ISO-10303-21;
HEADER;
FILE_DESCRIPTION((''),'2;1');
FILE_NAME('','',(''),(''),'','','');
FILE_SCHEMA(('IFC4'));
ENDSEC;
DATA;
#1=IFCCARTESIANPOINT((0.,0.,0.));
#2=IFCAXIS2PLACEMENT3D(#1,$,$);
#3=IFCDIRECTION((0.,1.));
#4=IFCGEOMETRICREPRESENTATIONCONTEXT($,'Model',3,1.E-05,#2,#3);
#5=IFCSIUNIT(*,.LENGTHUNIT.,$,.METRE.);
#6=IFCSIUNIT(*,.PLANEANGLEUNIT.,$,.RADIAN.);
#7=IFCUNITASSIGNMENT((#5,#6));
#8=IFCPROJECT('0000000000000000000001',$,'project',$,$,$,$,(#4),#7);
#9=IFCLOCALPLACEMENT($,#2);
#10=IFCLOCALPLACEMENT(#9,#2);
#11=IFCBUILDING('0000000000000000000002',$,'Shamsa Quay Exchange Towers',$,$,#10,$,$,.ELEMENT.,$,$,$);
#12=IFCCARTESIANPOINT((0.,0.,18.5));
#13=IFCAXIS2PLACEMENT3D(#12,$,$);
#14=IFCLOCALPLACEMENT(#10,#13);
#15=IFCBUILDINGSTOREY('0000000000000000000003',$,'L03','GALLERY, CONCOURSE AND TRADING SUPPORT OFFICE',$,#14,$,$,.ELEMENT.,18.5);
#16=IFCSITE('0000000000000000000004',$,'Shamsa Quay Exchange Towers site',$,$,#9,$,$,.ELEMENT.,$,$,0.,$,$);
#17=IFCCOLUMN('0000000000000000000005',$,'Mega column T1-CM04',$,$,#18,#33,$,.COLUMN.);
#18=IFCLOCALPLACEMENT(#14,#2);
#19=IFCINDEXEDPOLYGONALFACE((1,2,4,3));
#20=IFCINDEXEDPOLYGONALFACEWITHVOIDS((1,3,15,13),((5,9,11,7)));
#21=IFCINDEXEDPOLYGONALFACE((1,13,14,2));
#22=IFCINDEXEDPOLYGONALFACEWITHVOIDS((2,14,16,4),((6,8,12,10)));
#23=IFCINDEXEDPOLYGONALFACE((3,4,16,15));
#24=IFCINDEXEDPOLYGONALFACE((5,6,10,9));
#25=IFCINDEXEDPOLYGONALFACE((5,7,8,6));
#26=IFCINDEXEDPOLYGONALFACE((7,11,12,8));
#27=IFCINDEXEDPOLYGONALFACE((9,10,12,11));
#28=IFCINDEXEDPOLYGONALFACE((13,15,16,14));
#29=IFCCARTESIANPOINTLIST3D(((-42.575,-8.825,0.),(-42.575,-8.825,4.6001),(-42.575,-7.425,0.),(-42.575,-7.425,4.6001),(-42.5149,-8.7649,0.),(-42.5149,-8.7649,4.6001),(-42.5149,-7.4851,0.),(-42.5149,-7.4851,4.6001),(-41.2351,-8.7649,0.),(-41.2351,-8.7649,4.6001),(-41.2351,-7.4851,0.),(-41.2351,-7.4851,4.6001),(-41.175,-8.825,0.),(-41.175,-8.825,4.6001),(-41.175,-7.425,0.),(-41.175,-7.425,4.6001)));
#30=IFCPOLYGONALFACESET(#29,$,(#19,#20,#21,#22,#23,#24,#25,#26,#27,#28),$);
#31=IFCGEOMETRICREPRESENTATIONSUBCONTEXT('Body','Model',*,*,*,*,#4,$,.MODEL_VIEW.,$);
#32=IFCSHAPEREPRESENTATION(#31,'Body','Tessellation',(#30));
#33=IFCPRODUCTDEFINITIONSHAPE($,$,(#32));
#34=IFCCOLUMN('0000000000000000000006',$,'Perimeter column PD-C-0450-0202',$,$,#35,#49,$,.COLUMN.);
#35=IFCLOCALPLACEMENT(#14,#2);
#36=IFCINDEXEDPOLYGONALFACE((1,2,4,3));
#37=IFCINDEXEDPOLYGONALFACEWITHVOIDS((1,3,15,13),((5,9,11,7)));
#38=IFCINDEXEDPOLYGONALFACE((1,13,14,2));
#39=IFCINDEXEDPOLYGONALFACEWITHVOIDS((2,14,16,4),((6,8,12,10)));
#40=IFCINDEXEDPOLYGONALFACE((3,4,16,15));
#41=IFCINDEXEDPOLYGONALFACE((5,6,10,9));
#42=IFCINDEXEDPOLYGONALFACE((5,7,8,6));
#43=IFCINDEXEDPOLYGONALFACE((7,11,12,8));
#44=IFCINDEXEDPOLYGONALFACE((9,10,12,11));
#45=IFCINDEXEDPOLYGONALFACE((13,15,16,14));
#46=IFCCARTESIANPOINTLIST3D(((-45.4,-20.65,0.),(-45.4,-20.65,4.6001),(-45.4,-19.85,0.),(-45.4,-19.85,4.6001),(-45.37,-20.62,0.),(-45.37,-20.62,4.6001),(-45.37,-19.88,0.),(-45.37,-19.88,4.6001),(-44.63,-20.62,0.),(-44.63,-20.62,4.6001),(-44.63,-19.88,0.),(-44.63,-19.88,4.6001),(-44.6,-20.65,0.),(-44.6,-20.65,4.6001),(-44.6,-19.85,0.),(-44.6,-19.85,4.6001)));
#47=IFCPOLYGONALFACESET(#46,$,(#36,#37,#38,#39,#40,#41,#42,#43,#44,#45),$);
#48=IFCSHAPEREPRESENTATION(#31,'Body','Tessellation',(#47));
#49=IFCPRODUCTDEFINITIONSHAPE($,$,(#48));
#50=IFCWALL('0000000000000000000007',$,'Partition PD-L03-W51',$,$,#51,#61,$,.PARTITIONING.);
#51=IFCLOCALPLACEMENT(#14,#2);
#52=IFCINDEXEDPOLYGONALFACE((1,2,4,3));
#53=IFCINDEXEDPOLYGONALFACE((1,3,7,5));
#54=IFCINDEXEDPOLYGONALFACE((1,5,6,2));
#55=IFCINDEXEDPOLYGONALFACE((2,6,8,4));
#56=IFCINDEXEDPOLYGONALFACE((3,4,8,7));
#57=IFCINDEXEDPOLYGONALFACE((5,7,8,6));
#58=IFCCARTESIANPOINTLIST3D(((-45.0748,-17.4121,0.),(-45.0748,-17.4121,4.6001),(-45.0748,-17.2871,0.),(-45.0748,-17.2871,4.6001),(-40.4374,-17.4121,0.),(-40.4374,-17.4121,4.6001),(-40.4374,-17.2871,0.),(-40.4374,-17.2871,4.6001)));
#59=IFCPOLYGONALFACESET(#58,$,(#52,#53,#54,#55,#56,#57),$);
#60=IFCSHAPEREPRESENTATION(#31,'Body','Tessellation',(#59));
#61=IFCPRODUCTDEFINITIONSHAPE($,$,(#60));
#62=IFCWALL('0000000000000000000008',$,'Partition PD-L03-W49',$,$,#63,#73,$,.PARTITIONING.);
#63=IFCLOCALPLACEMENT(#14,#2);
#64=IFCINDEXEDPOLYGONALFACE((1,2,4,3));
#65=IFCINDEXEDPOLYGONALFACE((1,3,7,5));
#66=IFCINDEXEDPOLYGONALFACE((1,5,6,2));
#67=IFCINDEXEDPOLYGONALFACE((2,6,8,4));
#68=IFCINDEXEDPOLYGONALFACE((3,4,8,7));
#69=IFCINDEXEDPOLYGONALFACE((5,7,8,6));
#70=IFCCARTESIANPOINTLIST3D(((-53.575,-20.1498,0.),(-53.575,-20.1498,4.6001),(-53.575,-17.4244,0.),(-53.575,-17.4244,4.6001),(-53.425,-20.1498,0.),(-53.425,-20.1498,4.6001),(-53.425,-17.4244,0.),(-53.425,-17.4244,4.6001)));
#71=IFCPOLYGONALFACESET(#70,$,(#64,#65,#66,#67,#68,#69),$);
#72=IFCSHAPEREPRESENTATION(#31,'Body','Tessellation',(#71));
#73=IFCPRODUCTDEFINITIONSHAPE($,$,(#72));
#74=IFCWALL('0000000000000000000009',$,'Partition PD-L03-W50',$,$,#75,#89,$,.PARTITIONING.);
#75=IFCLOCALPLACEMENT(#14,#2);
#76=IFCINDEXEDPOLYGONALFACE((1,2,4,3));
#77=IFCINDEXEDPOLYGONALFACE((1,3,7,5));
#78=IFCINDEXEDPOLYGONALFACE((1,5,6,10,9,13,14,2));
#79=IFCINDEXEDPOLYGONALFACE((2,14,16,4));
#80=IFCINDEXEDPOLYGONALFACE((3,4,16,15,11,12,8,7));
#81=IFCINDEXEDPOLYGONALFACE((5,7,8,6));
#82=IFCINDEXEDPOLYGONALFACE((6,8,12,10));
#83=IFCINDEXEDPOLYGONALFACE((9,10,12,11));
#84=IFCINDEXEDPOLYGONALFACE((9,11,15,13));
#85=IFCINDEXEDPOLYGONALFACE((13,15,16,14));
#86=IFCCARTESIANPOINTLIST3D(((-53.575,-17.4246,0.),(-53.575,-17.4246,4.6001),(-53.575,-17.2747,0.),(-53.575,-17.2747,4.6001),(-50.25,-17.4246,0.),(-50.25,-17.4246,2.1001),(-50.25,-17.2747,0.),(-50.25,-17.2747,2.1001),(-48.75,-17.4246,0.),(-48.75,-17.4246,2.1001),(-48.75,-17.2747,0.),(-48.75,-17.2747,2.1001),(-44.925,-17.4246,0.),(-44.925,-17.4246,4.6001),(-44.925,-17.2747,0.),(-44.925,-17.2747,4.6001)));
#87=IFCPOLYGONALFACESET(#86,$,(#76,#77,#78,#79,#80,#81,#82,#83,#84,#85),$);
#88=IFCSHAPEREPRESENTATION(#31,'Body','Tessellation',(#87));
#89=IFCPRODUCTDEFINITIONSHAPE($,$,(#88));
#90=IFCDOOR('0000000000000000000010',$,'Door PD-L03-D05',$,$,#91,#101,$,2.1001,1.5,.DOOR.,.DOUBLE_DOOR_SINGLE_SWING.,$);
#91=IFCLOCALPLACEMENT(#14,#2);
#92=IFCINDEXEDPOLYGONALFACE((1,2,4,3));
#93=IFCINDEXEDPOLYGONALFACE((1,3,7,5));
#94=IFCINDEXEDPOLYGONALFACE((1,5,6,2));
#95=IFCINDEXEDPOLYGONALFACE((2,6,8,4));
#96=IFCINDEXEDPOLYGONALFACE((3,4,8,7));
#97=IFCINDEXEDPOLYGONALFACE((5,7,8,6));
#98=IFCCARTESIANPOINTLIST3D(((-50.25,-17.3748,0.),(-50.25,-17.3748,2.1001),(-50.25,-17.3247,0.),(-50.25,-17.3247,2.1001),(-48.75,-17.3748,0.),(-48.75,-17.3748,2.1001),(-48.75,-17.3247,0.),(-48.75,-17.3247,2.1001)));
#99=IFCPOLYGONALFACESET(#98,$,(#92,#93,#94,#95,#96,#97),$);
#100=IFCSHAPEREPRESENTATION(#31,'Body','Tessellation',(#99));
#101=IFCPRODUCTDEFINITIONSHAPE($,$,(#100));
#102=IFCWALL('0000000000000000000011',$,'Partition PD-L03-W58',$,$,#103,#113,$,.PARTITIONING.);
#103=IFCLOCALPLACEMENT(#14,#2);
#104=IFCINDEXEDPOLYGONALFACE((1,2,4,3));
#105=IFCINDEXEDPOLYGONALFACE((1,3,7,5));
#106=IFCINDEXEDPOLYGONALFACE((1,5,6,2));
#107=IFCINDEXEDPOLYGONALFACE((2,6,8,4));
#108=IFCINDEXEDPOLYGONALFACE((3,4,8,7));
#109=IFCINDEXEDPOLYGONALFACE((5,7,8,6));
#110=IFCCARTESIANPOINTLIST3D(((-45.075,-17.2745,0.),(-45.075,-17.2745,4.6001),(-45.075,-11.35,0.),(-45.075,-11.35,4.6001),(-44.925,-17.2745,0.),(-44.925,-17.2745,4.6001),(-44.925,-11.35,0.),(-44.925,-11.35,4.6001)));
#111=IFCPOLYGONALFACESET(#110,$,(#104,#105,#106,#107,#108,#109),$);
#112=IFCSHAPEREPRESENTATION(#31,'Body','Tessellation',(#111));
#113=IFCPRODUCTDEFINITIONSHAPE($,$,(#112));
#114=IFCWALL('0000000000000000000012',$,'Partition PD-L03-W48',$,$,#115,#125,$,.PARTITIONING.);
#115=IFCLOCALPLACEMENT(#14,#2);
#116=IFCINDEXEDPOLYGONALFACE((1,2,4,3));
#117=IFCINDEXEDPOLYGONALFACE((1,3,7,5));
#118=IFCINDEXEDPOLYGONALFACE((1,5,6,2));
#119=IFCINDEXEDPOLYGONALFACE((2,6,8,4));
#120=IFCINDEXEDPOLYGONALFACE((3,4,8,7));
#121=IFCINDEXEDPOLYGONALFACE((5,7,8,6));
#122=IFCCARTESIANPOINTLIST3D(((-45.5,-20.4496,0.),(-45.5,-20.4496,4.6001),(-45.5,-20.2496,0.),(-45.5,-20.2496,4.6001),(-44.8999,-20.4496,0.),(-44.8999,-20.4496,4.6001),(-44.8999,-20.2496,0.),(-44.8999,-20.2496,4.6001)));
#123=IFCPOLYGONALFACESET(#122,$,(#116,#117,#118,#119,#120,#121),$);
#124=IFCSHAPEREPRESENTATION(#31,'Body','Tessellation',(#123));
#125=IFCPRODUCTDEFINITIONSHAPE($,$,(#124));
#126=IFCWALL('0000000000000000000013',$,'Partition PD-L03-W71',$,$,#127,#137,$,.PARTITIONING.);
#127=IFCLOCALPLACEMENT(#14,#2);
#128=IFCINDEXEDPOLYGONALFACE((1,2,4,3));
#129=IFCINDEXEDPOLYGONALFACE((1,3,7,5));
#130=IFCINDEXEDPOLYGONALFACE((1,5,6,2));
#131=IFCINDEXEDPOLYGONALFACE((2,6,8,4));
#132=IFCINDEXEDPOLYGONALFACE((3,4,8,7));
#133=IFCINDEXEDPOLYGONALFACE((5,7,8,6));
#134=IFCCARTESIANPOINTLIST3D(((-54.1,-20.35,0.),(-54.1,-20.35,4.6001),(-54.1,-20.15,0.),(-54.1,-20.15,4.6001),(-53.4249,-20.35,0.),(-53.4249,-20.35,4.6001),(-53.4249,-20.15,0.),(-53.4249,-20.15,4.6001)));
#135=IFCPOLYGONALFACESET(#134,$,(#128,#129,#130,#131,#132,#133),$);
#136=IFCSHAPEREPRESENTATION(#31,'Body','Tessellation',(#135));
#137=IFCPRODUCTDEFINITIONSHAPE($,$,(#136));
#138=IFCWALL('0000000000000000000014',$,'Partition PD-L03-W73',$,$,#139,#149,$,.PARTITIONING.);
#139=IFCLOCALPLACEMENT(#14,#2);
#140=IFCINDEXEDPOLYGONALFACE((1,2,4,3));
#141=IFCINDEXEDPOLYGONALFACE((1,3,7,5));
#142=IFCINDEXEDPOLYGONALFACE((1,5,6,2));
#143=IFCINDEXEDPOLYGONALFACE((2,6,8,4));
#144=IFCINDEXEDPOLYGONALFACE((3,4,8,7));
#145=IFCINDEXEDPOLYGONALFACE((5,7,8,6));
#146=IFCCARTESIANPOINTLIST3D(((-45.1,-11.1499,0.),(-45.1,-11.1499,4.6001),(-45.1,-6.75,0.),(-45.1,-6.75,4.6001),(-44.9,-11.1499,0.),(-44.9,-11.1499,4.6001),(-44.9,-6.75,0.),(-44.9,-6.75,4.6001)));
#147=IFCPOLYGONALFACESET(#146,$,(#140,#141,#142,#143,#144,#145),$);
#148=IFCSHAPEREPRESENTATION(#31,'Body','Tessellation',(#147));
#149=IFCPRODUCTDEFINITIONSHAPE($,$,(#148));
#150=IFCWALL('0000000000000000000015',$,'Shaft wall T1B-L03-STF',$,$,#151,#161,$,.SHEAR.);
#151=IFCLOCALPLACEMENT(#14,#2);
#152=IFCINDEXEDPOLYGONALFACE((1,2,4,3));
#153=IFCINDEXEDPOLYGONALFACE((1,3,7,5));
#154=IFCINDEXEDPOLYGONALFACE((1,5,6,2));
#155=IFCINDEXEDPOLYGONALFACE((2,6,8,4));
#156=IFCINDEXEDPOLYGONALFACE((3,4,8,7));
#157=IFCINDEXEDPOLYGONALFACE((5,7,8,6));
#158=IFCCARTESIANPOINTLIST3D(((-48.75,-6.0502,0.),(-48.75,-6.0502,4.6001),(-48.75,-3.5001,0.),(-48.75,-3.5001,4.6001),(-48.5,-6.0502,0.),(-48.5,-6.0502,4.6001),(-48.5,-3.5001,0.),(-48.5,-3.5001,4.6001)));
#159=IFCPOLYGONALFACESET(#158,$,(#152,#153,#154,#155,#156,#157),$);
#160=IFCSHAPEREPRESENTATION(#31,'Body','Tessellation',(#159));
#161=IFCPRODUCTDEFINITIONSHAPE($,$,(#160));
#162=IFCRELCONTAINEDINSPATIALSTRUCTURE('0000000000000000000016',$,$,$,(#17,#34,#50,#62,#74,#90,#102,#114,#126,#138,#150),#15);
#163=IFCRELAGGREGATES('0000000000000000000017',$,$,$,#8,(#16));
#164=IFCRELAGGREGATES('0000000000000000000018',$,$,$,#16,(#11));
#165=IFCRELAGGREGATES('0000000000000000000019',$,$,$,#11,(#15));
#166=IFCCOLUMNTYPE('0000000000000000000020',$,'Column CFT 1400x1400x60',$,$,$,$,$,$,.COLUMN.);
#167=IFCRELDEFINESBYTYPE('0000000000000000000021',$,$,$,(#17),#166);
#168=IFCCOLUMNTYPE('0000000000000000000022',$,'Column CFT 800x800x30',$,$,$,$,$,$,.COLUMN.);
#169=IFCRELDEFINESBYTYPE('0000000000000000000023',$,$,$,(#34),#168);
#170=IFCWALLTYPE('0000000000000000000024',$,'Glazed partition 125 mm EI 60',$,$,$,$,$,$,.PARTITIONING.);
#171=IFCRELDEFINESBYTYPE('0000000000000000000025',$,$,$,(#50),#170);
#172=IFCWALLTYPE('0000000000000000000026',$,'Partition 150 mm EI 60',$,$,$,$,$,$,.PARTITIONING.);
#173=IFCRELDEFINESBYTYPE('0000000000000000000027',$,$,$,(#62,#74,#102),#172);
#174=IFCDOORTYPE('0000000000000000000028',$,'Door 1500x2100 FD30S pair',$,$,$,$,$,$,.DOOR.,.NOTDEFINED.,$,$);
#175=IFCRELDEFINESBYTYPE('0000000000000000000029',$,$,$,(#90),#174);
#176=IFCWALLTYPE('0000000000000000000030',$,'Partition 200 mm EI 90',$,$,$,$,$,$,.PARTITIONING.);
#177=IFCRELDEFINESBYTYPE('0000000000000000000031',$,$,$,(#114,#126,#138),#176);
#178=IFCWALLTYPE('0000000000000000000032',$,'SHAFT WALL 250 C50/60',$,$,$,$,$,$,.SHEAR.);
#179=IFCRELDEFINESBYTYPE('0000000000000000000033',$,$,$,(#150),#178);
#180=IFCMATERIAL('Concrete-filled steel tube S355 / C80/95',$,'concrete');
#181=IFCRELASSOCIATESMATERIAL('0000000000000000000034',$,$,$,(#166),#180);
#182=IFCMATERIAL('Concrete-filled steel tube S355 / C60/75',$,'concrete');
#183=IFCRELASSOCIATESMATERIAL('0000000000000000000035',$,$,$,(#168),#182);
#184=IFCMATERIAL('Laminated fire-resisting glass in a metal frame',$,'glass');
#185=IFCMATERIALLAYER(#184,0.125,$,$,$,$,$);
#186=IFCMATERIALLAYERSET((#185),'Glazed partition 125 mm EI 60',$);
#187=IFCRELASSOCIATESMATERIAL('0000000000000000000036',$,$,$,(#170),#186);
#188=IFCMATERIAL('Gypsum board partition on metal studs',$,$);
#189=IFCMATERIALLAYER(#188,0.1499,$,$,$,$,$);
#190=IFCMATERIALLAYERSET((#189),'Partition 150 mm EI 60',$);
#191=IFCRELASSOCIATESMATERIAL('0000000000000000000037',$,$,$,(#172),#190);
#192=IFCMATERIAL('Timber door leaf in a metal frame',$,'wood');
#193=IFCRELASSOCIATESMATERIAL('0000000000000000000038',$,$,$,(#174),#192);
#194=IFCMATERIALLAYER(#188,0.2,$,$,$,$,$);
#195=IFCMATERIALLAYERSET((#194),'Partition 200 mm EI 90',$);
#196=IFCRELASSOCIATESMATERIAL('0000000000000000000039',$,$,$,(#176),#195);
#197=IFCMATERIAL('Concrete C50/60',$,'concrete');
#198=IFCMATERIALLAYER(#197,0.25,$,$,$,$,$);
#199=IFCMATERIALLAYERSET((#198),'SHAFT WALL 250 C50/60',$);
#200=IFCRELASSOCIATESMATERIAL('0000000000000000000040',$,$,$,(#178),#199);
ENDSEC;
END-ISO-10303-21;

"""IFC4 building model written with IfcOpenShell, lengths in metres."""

from ifc_helpers import new_model, si_unit, direction, frame, frame_2d, origin, origin_2d, place, context, subcontext, project, spatial, rectangle, hollow_rectangle, extrude, material, layer, layer_set, material_profile, profile_set, type_object, element, fill, save


model = new_model("IFC4")

# Units and contexts
model_context = context("Model", 3, precision=1e-05, world=origin(), true_north=direction((0.0, 1.0)))
body_context = subcontext(model_context, "Body", "Model", "MODEL_VIEW")
ifc_project = project(units=[si_unit("LENGTHUNIT", "METRE"), si_unit("PLANEANGLEUNIT", "RADIAN")], contexts=[model_context])

# Site, building, storey
site_placement = place(None, origin())
site = spatial("IfcSite", under=ifc_project, at=site_placement, Name="Shamsa Quay Exchange Towers site", CompositionType="ELEMENT", RefElevation=0.0)
building_placement = place(site_placement, origin())
building = spatial("IfcBuilding", under=site, at=building_placement, Name="Shamsa Quay Exchange Towers", CompositionType="ELEMENT")
storey_placement = place(building_placement, frame((0.0, 0.0, 18.5)))
storey = spatial("IfcBuildingStorey", under=building, at=storey_placement, Name="L03", Description="GALLERY, CONCOURSE AND TRADING SUPPORT OFFICE", CompositionType="ELEMENT", Elevation=18.5)

# Columns
ifc_material_1 = material(Name="Concrete-filled steel tube S355 / C80/95", Category="concrete")
ifc_material_profile_1 = material_profile(ifc_material_1, hollow_rectangle(XDim=1.3999, YDim=1.3999, WallThickness=0.0601, at=origin_2d()), Name="CFT 1400x1400x60")
ifc_profile_set_1 = profile_set([ifc_material_profile_1], Name="Concrete-filled steel tube S355 / C80/95")
column_type_1 = type_object("IfcColumnType", Name="Column CFT 1400x1400x60", PredefinedType="COLUMN", material=ifc_profile_set_1)
column_1_placement = place(storey_placement, frame((-41.875, -8.125, 0.0)))
element("IfcColumn", 1, at=column_1_placement, inside=storey, type_object=column_type_1, Name="Mega column T1-CM04", PredefinedType="COLUMN", context=body_context, shape_type="SweptSolid", body=[
    extrude(hollow_rectangle(XDim=1.3999, YDim=1.3999, WallThickness=0.0601, at=origin_2d()), origin(), (0.0, 0.0, 1.0), 4.6001),
])
ifc_material_2 = material(Name="Concrete-filled steel tube S355 / C60/75", Category="concrete")
ifc_material_profile_2 = material_profile(ifc_material_2, hollow_rectangle(XDim=0.8, YDim=0.8, WallThickness=0.03, at=origin_2d()), Name="CFT 800x800x30")
ifc_profile_set_2 = profile_set([ifc_material_profile_2], Name="Concrete-filled steel tube S355 / C60/75")
column_type_2 = type_object("IfcColumnType", Name="Column CFT 800x800x30", PredefinedType="COLUMN", material=ifc_profile_set_2)
column_2_placement = place(storey_placement, frame((-45.0, -20.25, 0.0)))
element("IfcColumn", 2, at=column_2_placement, inside=storey, type_object=column_type_2, Name="Perimeter column PD-C-0450-0202", PredefinedType="COLUMN", context=body_context, shape_type="SweptSolid", body=[
    extrude(hollow_rectangle(XDim=0.8, YDim=0.8, WallThickness=0.03, at=origin_2d()), origin(), (0.0, 0.0, 1.0), 4.6001),
])

# Walls
ifc_material_3 = material(Name="Laminated fire-resisting glass in a metal frame", Category="glass")
ifc_layer_1 = layer(ifc_material_3, 0.125)
ifc_layer_set_1 = layer_set([ifc_layer_1], Name="Glazed partition 125 mm EI 60")
wall_type_1 = type_object("IfcWallType", Name="Glazed partition 125 mm EI 60", PredefinedType="PARTITIONING", material=ifc_layer_set_1)
wall_1_placement = place(storey_placement, frame((-45.075, -17.3496, 0.0)))
element("IfcWall", 3, at=wall_1_placement, inside=storey, type_object=wall_type_1, Name="Partition PD-L03-W51", PredefinedType="PARTITIONING", context=body_context, shape_type="SweptSolid", body=[
    extrude(rectangle(XDim=4.6375, YDim=0.125, at=frame_2d((2.3188, 0.0))), origin(), (0.0, 0.0, 1.0), 4.6001),
])
ifc_material_4 = material(Name="Gypsum board partition on metal studs")
ifc_layer_2 = layer(ifc_material_4, 0.1499)
ifc_layer_set_2 = layer_set([ifc_layer_2], Name="Partition 150 mm EI 60")
wall_type_2 = type_object("IfcWallType", Name="Partition 150 mm EI 60", PredefinedType="PARTITIONING", material=ifc_layer_set_2)
wall_2_placement = place(storey_placement, frame((-53.5, -20.1499, 0.0), z_axis=(0.0, 0.0, 1.0), x_axis=(0.0, 1.0, 0.0)))
element("IfcWall", 4, at=wall_2_placement, inside=storey, type_object=wall_type_2, Name="Partition PD-L03-W49", PredefinedType="PARTITIONING", context=body_context, shape_type="SweptSolid", body=[
    extrude(rectangle(XDim=2.7253, YDim=0.1499, at=frame_2d((1.3628, 0.0))), origin(), (0.0, 0.0, 1.0), 4.6001),
])

# Wall, opening, door
wall_3_placement = place(storey_placement, frame((-53.575, -17.3496, 0.0)))
wall_3 = element("IfcWall", 5, at=wall_3_placement, inside=storey, type_object=wall_type_2, Name="Partition PD-L03-W50", PredefinedType="PARTITIONING", context=body_context, shape_type="SweptSolid", body=[
    extrude(rectangle(XDim=8.6499, YDim=0.1499, at=frame_2d((4.325, 0.0))), origin(), (0.0, 0.0, 1.0), 4.6001),
])
opening_1_placement = place(wall_3_placement, frame((3.325, 0.0, 0.0)))
opening_1 = element("IfcOpeningElement", 6, at=opening_1_placement, cuts=wall_3, PredefinedType="OPENING", context=body_context, shape_type="SweptSolid", body=[
    extrude(rectangle(XDim=1.5, YDim=2.1001, at=frame_2d((0.75, 1.05))), frame((0.0, 0.085, 0.0), z_axis=(0.0, -1.0, 0.0), x_axis=(1.0, 0.0, 0.0)), (0.0, 0.0, 1.0), 0.1699),
])
ifc_material_5 = material(Name="Timber door leaf in a metal frame", Category="wood")
door_type_1 = type_object("IfcDoorType", Name="Door 1500x2100 FD30S pair", OperationType="NOTDEFINED", PredefinedType="DOOR", material=ifc_material_5)
door_1_placement = place(opening_1_placement, origin())
door_1 = element("IfcDoor", 7, at=door_1_placement, inside=storey, type_object=door_type_1, Name="Door PD-L03-D05", OperationType="DOUBLE_DOOR_SINGLE_SWING", OverallHeight=2.1001, OverallWidth=1.5, PredefinedType="DOOR", context=body_context, shape_type="SweptSolid", body=[
    extrude(rectangle(XDim=1.5, YDim=2.1001, at=frame_2d((0.75, 1.05))), frame((0.0, 0.0249, 0.0), z_axis=(0.0, -1.0, 0.0), x_axis=(1.0, 0.0, 0.0)), (0.0, 0.0, 1.0), 0.05),
])
fill(opening_1, door_1)

# Walls
wall_4_placement = place(storey_placement, frame((-45.0, -17.2747, 0.0), z_axis=(0.0, 0.0, 1.0), x_axis=(0.0, 1.0, 0.0)))
element("IfcWall", 8, at=wall_4_placement, inside=storey, type_object=wall_type_2, Name="Partition PD-L03-W58", PredefinedType="PARTITIONING", context=body_context, shape_type="SweptSolid", body=[
    extrude(rectangle(XDim=5.9246, YDim=0.1499, at=frame_2d((2.9624, 0.0))), origin(), (0.0, 0.0, 1.0), 4.6001),
])
ifc_layer_3 = layer(ifc_material_4, 0.2)
ifc_layer_set_3 = layer_set([ifc_layer_3], Name="Partition 200 mm EI 90")
wall_type_3 = type_object("IfcWallType", Name="Partition 200 mm EI 90", PredefinedType="PARTITIONING", material=ifc_layer_set_3)
wall_5_placement = place(storey_placement, frame((-44.8999, -20.3496, 0.0), z_axis=(0.0, 0.0, 1.0), x_axis=(-1.0, 0.0, 0.0)))
element("IfcWall", 9, at=wall_5_placement, inside=storey, type_object=wall_type_3, Name="Partition PD-L03-W48", PredefinedType="PARTITIONING", context=body_context, shape_type="SweptSolid", body=[
    extrude(rectangle(XDim=0.6001, YDim=0.2, at=frame_2d((0.3, 0.0))), origin(), (0.0, 0.0, 1.0), 4.6001),
])
wall_6_placement = place(storey_placement, frame((-53.425, -20.25, 0.0), z_axis=(0.0, 0.0, 1.0), x_axis=(-1.0, 0.0, 0.0)))
element("IfcWall", 10, at=wall_6_placement, inside=storey, type_object=wall_type_3, Name="Partition PD-L03-W71", PredefinedType="PARTITIONING", context=body_context, shape_type="SweptSolid", body=[
    extrude(rectangle(XDim=0.675, YDim=0.2, at=frame_2d((0.3374, 0.0))), origin(), (0.0, 0.0, 1.0), 4.6001),
])
wall_7_placement = place(storey_placement, frame((-45.0, -11.1499, 0.0), z_axis=(0.0, 0.0, 1.0), x_axis=(0.0, 1.0, 0.0)))
element("IfcWall", 11, at=wall_7_placement, inside=storey, type_object=wall_type_3, Name="Partition PD-L03-W73", PredefinedType="PARTITIONING", context=body_context, shape_type="SweptSolid", body=[
    extrude(rectangle(XDim=4.3999, YDim=0.2, at=frame_2d((2.2, 0.0))), origin(), (0.0, 0.0, 1.0), 4.6001),
])
ifc_material_6 = material(Name="Concrete C50/60", Category="concrete")
ifc_layer_4 = layer(ifc_material_6, 0.25)
ifc_layer_set_4 = layer_set([ifc_layer_4], Name="SHAFT WALL 250 C50/60")
wall_type_4 = type_object("IfcWallType", Name="SHAFT WALL 250 C50/60", PredefinedType="SHEAR", material=ifc_layer_set_4)
wall_8_placement = place(storey_placement, frame((-48.625, -6.05, 0.0), z_axis=(0.0, 0.0, 1.0), x_axis=(0.0, 1.0, 0.0)))
element("IfcWall", 12, at=wall_8_placement, inside=storey, type_object=wall_type_4, Name="Shaft wall T1B-L03-STF", PredefinedType="SHEAR", context=body_context, shape_type="SweptSolid", body=[
    extrude(rectangle(XDim=2.55, YDim=0.25, at=frame_2d((1.2749, 0.0))), origin(), (0.0, 0.0, 1.0), 4.6001),
])

save(model, "model.ifc")
